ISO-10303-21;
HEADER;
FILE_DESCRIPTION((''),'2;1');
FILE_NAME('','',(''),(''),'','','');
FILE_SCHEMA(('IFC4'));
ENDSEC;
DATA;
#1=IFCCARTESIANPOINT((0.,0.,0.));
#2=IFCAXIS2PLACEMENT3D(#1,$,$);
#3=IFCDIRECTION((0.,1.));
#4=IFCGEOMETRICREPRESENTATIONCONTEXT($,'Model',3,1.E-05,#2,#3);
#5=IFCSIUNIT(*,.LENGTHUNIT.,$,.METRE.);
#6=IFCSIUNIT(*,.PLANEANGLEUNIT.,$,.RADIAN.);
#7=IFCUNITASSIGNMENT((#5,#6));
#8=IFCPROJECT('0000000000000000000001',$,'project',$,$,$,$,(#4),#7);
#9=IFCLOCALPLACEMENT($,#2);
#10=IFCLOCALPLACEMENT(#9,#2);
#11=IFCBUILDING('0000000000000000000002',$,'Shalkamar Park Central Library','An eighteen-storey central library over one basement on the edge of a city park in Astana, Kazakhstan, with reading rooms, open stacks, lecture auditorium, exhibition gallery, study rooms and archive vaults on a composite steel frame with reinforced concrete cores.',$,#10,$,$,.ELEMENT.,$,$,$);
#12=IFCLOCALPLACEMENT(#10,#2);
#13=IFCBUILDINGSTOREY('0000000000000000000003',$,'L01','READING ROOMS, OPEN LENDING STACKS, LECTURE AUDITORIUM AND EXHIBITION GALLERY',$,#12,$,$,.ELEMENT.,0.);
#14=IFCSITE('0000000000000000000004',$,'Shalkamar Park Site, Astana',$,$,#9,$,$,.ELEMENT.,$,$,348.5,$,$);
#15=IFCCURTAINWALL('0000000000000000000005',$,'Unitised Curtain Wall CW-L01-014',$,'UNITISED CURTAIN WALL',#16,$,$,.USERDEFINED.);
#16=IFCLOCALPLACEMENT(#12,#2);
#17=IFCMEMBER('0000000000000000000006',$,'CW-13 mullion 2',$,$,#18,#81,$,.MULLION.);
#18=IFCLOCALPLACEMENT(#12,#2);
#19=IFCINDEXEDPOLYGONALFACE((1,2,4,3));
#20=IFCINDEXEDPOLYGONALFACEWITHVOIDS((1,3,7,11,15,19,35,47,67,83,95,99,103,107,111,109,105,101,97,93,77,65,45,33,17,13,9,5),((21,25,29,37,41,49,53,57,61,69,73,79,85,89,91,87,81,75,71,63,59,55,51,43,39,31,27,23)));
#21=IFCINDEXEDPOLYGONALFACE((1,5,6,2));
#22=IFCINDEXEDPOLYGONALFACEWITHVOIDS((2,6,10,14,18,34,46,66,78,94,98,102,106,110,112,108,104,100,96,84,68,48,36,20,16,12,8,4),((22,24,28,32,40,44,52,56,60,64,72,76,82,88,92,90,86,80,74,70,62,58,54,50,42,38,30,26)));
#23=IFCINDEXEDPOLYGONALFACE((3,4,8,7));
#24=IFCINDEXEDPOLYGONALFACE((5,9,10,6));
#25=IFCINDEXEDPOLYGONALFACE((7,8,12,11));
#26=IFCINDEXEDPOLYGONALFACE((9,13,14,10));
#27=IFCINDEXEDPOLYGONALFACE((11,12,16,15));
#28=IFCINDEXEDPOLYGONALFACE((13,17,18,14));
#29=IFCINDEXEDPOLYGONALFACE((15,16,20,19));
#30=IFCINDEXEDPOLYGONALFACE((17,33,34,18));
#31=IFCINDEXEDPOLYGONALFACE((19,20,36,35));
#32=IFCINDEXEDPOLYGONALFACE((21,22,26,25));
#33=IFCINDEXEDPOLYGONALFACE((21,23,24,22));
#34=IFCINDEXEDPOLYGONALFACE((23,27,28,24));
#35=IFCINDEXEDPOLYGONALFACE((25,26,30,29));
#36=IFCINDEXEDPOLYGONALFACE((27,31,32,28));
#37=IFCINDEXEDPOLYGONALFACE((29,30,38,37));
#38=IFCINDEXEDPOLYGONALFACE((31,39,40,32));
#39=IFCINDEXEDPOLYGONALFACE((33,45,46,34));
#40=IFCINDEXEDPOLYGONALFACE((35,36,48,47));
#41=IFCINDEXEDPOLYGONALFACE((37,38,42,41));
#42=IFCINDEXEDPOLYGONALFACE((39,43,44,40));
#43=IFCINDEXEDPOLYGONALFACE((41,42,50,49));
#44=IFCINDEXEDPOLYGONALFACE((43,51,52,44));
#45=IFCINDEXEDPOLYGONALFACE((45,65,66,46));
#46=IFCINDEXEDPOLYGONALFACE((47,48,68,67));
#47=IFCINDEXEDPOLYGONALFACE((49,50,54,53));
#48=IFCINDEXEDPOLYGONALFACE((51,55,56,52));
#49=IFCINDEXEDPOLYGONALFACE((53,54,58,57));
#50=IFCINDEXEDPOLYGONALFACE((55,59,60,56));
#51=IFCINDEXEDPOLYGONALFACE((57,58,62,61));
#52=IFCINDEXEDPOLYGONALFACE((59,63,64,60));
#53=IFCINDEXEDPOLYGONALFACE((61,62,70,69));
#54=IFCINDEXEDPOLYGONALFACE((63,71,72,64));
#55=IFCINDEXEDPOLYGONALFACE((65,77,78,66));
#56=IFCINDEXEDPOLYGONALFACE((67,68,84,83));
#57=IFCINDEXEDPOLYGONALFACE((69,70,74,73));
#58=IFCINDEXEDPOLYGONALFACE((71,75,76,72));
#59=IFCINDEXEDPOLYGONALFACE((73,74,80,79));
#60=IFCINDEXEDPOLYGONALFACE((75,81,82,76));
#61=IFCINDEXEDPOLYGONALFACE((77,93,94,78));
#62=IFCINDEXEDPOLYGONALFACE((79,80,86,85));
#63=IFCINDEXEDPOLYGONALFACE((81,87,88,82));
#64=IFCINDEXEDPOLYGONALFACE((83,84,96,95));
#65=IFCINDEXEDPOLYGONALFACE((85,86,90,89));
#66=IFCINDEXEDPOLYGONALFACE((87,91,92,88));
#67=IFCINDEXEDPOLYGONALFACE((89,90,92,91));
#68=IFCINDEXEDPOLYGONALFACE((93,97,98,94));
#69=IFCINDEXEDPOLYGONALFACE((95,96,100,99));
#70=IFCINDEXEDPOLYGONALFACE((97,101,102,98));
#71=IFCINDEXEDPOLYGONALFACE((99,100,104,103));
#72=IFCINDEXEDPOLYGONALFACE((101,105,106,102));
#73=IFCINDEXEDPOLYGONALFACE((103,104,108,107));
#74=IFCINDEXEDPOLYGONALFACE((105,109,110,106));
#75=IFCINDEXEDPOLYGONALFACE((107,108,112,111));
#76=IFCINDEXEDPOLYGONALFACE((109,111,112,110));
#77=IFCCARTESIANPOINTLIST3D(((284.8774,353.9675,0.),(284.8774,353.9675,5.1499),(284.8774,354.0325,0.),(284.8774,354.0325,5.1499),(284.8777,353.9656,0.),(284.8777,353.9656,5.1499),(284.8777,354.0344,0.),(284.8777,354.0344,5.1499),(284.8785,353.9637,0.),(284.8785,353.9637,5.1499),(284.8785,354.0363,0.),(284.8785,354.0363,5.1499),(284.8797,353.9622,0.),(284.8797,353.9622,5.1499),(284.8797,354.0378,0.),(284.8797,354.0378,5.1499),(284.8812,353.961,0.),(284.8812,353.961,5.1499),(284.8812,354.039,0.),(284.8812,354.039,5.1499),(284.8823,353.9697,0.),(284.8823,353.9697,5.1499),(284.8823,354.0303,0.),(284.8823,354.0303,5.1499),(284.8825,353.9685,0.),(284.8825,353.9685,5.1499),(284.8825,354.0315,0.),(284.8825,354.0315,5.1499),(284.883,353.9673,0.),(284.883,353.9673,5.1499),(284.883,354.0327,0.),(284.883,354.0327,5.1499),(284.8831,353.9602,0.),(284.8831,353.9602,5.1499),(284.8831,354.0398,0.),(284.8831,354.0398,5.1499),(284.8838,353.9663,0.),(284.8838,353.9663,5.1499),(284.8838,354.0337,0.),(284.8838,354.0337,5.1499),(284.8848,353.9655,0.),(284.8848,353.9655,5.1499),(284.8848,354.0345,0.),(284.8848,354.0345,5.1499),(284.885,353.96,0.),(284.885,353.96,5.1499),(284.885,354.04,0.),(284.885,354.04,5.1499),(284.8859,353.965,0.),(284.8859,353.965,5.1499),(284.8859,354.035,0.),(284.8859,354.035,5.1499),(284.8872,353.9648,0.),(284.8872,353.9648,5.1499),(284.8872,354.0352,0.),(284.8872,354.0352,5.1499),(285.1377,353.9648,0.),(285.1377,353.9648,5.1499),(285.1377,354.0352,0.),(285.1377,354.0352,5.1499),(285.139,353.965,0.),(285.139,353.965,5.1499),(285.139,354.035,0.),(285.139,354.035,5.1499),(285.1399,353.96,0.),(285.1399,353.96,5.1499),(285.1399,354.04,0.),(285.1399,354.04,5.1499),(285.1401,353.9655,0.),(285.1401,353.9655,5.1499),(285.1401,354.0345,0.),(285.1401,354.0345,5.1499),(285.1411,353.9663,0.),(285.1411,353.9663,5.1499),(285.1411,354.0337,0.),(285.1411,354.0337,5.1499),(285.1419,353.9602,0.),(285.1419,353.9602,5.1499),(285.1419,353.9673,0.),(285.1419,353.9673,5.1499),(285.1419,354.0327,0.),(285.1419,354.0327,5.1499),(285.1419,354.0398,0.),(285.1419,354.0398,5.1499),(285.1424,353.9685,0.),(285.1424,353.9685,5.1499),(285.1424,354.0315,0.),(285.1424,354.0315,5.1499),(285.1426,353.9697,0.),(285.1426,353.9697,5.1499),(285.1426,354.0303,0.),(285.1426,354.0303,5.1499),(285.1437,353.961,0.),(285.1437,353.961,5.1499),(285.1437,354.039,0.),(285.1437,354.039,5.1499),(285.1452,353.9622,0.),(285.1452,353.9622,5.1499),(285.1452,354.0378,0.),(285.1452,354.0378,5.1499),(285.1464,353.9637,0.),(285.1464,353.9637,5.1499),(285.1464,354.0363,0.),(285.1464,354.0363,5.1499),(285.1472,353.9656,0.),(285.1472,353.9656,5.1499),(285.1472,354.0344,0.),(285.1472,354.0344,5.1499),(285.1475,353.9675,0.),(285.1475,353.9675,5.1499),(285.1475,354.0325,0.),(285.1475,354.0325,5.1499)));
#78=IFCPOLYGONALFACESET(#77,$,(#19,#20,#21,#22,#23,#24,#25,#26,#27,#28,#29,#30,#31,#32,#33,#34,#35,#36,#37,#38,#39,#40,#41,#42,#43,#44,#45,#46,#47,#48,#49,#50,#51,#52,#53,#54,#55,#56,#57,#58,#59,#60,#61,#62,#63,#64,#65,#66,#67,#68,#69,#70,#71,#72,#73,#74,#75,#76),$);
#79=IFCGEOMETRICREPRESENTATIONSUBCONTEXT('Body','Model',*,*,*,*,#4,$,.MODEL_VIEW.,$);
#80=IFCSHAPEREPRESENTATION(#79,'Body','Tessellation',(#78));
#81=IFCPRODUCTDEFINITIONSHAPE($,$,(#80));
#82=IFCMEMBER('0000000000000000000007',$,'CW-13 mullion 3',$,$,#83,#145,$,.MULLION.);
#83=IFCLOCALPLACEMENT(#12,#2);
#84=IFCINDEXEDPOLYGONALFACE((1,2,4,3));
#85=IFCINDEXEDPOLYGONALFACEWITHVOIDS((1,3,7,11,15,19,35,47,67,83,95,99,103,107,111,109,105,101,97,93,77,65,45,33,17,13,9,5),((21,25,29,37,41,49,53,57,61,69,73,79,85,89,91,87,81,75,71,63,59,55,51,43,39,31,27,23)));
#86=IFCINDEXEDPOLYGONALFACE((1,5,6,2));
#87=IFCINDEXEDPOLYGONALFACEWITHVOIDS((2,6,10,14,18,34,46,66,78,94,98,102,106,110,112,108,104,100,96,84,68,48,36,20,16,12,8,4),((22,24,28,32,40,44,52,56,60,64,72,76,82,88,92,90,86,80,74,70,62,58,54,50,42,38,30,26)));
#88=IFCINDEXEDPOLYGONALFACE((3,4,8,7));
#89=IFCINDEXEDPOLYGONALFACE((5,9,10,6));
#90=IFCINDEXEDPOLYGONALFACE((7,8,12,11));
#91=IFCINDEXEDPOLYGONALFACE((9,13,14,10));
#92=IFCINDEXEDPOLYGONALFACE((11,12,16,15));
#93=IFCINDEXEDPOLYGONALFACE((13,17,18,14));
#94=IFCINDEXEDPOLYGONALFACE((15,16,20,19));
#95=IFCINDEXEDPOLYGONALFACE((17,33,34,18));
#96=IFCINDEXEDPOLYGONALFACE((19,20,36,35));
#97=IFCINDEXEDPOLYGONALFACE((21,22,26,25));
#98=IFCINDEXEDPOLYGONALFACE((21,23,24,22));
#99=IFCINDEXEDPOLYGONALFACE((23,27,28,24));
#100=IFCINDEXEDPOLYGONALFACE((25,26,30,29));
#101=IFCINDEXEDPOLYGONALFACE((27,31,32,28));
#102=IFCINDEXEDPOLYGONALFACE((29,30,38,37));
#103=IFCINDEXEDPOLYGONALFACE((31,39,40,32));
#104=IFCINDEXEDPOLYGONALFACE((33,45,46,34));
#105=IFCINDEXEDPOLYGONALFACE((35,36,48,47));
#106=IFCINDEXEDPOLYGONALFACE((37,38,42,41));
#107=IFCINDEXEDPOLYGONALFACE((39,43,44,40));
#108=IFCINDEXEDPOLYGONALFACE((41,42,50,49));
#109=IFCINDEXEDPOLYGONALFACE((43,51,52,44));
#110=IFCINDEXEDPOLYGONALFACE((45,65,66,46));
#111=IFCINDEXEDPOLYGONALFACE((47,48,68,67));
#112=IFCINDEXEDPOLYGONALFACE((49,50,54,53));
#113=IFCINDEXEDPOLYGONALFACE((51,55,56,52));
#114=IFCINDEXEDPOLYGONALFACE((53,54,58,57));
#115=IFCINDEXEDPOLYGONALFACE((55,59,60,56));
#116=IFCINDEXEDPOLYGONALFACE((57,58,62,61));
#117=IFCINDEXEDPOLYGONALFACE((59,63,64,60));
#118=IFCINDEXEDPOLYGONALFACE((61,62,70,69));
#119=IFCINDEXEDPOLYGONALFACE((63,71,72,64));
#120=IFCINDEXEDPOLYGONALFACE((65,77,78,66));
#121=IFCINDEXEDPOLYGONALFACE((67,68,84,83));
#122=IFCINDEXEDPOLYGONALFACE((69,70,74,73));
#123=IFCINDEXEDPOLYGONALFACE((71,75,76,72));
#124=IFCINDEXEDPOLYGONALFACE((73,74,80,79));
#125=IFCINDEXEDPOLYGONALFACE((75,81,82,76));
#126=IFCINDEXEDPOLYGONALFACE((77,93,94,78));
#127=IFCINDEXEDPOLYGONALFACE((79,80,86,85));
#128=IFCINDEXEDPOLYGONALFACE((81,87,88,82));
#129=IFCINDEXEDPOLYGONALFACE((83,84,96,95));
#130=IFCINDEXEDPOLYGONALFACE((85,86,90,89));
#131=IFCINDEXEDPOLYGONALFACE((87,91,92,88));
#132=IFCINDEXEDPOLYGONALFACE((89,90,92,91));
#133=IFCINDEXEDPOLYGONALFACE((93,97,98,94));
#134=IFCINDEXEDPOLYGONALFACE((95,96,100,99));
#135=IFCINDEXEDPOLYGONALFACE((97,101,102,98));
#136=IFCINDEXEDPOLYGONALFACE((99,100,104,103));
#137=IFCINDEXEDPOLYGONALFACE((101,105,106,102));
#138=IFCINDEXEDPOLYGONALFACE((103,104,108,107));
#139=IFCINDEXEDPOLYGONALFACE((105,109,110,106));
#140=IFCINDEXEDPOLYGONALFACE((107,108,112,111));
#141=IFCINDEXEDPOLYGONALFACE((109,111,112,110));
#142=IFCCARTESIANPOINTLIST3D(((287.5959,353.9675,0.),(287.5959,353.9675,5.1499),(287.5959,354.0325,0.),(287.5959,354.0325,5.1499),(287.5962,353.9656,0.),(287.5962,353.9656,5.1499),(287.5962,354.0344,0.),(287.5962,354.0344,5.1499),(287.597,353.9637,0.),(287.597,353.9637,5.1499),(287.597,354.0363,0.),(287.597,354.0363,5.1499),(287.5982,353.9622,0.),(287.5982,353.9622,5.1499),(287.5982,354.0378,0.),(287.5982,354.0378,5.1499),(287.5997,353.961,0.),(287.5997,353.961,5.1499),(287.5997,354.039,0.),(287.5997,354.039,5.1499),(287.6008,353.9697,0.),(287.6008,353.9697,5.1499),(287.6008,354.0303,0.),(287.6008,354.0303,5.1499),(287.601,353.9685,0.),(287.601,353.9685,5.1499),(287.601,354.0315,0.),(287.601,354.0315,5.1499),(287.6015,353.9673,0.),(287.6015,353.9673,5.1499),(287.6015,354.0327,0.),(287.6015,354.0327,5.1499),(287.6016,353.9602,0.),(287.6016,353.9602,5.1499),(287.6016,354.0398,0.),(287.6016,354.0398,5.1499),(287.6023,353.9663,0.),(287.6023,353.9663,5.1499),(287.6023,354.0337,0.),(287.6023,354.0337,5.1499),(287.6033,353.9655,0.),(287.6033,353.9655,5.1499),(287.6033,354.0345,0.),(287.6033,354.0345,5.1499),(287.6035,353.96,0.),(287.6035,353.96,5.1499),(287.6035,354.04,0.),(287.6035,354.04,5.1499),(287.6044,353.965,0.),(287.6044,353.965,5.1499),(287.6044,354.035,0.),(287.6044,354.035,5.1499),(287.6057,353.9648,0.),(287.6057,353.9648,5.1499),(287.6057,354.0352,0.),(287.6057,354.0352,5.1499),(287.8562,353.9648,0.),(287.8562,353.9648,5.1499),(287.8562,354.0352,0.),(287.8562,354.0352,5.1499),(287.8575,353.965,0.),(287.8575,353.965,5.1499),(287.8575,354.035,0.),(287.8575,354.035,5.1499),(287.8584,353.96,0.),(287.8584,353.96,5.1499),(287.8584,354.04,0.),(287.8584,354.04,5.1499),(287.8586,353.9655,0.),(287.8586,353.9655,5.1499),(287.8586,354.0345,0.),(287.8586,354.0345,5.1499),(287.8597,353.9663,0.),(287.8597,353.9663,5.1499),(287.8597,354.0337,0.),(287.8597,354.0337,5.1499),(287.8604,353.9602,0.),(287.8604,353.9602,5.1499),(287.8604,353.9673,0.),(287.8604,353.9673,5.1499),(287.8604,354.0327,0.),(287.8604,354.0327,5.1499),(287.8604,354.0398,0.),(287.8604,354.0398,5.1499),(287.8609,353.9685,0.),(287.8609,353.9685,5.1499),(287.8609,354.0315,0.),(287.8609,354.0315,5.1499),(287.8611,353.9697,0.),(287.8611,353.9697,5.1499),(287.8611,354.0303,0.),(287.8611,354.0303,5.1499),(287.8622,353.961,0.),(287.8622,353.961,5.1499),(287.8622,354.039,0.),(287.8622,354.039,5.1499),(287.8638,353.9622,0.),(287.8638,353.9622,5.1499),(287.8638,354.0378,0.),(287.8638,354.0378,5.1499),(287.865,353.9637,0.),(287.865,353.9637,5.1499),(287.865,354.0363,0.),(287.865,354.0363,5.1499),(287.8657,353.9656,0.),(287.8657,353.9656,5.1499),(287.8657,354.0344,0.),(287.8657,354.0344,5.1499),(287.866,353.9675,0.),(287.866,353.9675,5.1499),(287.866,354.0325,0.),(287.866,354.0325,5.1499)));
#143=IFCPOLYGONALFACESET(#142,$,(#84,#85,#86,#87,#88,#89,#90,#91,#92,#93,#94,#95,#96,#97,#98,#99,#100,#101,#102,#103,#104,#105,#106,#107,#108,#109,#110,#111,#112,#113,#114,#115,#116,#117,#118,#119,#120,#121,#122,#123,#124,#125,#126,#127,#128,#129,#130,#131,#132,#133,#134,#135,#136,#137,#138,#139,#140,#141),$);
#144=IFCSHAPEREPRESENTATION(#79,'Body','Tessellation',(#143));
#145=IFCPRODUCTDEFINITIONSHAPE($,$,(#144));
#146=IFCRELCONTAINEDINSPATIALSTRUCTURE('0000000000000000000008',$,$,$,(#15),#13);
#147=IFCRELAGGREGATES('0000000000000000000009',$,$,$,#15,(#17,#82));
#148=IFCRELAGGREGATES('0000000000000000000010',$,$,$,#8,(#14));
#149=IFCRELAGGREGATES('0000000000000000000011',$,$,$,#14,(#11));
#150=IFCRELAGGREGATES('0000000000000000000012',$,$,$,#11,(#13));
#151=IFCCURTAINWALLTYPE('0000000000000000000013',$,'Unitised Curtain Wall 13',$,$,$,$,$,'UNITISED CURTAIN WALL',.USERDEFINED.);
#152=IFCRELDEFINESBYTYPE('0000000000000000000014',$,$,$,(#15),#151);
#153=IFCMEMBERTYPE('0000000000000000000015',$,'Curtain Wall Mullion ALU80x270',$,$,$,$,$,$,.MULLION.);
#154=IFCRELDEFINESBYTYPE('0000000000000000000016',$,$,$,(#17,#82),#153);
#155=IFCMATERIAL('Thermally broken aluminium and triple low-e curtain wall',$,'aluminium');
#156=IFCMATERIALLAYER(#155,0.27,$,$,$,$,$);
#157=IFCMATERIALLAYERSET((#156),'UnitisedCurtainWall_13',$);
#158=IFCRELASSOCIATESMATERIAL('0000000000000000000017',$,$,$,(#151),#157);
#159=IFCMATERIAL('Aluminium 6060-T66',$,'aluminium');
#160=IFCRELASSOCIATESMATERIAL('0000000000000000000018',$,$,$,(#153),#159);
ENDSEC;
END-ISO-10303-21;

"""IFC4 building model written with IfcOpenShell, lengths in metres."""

from ifc_helpers import new_model, si_unit, direction, frame, origin, origin_2d, place, context, subcontext, project, spatial, hollow_rectangle, extrude, material, layer, layer_set, material_profile, profile_set, type_object, element, aggregate, save


model = new_model("IFC4")

# Units and contexts
model_context = context("Model", 3, precision=1e-05, world=origin(), true_north=direction((0.0, 1.0)))
body_context = subcontext(model_context, "Body", "Model", "MODEL_VIEW")
ifc_project = project(units=[si_unit("LENGTHUNIT", "METRE"), si_unit("PLANEANGLEUNIT", "RADIAN")], contexts=[model_context])

# Site, building, storey
site_placement = place(None, origin())
site = spatial("IfcSite", under=ifc_project, at=site_placement, Name="Shalkamar Park Site, Astana", CompositionType="ELEMENT", RefElevation=348.5)
building_placement = place(site_placement, origin())
building = spatial("IfcBuilding", under=site, at=building_placement, Name="Shalkamar Park Central Library", Description="An eighteen-storey central library over one basement on the edge of a city park in Astana, Kazakhstan, with reading rooms, open stacks, lecture auditorium, exhibition gallery, study rooms and archive vaults on a composite steel frame with reinforced concrete cores.", CompositionType="ELEMENT")
storey_placement = place(building_placement, origin())
storey = spatial("IfcBuildingStorey", under=building, at=storey_placement, Name="L01", Description="READING ROOMS, OPEN LENDING STACKS, LECTURE AUDITORIUM AND EXHIBITION GALLERY", CompositionType="ELEMENT", Elevation=0.0)

# Curtain wall, members
ifc_material_1 = material(Name="Thermally broken aluminium and triple low-e curtain wall", Category="aluminium")
ifc_layer_1 = layer(ifc_material_1, 0.27)
ifc_layer_set_1 = layer_set([ifc_layer_1], Name="UnitisedCurtainWall_13")
curtain_wall_type = type_object("IfcCurtainWallType", Name="Unitised Curtain Wall 13", ElementType="UNITISED CURTAIN WALL", PredefinedType="USERDEFINED", material=ifc_layer_set_1)
curtain_wall_placement = place(storey_placement, origin())
curtain_wall = element("IfcCurtainWall", 1, at=curtain_wall_placement, inside=storey, type_object=curtain_wall_type, Name="Unitised Curtain Wall CW-L01-014", ObjectType="UNITISED CURTAIN WALL", PredefinedType="USERDEFINED")
ifc_material_2 = material(Name="Aluminium 6060-T66", Category="aluminium")
ifc_material_profile_1 = material_profile(ifc_material_2, hollow_rectangle(XDim=0.0801, YDim=0.27, WallThickness=0.0049, InnerFilletRadius=0.0049, OuterFilletRadius=0.0076, at=origin_2d()), Name="ALU 80x270x5")
ifc_profile_set_1 = profile_set([ifc_material_profile_1], Name="Aluminium 6060-T66")
member_type_1 = type_object("IfcMemberType", Name="Curtain Wall Mullion ALU80x270", PredefinedType="MULLION", material=ifc_profile_set_1)
member_1_placement = place(storey_placement, frame((285.0125, 354.0, 0.0), z_axis=(0.0, 0.0, 1.0), x_axis=(0.0, 1.0, 0.0)))
member_1 = element("IfcMember", 2, at=member_1_placement, type_object=member_type_1, Name="CW-13 mullion 2", PredefinedType="MULLION", context=body_context, shape_type="SweptSolid", body=[
    extrude(hollow_rectangle(XDim=0.0801, YDim=0.27, WallThickness=0.0049, InnerFilletRadius=0.0049, OuterFilletRadius=0.0076, at=origin_2d()), origin(), (0.0, 0.0, 1.0), 5.1499),
])
member_2_placement = place(storey_placement, frame((287.731, 354.0, 0.0), z_axis=(0.0, 0.0, 1.0), x_axis=(0.0, 1.0, 0.0)))
member_2 = element("IfcMember", 3, at=member_2_placement, type_object=member_type_1, Name="CW-13 mullion 3", PredefinedType="MULLION", context=body_context, shape_type="SweptSolid", body=[
    extrude(hollow_rectangle(XDim=0.0801, YDim=0.27, WallThickness=0.0049, InnerFilletRadius=0.0049, OuterFilletRadius=0.0076, at=origin_2d()), origin(), (0.0, 0.0, 1.0), 5.1499),
])

aggregate(curtain_wall, [member_1, member_2])

save(model, "model.ifc")
